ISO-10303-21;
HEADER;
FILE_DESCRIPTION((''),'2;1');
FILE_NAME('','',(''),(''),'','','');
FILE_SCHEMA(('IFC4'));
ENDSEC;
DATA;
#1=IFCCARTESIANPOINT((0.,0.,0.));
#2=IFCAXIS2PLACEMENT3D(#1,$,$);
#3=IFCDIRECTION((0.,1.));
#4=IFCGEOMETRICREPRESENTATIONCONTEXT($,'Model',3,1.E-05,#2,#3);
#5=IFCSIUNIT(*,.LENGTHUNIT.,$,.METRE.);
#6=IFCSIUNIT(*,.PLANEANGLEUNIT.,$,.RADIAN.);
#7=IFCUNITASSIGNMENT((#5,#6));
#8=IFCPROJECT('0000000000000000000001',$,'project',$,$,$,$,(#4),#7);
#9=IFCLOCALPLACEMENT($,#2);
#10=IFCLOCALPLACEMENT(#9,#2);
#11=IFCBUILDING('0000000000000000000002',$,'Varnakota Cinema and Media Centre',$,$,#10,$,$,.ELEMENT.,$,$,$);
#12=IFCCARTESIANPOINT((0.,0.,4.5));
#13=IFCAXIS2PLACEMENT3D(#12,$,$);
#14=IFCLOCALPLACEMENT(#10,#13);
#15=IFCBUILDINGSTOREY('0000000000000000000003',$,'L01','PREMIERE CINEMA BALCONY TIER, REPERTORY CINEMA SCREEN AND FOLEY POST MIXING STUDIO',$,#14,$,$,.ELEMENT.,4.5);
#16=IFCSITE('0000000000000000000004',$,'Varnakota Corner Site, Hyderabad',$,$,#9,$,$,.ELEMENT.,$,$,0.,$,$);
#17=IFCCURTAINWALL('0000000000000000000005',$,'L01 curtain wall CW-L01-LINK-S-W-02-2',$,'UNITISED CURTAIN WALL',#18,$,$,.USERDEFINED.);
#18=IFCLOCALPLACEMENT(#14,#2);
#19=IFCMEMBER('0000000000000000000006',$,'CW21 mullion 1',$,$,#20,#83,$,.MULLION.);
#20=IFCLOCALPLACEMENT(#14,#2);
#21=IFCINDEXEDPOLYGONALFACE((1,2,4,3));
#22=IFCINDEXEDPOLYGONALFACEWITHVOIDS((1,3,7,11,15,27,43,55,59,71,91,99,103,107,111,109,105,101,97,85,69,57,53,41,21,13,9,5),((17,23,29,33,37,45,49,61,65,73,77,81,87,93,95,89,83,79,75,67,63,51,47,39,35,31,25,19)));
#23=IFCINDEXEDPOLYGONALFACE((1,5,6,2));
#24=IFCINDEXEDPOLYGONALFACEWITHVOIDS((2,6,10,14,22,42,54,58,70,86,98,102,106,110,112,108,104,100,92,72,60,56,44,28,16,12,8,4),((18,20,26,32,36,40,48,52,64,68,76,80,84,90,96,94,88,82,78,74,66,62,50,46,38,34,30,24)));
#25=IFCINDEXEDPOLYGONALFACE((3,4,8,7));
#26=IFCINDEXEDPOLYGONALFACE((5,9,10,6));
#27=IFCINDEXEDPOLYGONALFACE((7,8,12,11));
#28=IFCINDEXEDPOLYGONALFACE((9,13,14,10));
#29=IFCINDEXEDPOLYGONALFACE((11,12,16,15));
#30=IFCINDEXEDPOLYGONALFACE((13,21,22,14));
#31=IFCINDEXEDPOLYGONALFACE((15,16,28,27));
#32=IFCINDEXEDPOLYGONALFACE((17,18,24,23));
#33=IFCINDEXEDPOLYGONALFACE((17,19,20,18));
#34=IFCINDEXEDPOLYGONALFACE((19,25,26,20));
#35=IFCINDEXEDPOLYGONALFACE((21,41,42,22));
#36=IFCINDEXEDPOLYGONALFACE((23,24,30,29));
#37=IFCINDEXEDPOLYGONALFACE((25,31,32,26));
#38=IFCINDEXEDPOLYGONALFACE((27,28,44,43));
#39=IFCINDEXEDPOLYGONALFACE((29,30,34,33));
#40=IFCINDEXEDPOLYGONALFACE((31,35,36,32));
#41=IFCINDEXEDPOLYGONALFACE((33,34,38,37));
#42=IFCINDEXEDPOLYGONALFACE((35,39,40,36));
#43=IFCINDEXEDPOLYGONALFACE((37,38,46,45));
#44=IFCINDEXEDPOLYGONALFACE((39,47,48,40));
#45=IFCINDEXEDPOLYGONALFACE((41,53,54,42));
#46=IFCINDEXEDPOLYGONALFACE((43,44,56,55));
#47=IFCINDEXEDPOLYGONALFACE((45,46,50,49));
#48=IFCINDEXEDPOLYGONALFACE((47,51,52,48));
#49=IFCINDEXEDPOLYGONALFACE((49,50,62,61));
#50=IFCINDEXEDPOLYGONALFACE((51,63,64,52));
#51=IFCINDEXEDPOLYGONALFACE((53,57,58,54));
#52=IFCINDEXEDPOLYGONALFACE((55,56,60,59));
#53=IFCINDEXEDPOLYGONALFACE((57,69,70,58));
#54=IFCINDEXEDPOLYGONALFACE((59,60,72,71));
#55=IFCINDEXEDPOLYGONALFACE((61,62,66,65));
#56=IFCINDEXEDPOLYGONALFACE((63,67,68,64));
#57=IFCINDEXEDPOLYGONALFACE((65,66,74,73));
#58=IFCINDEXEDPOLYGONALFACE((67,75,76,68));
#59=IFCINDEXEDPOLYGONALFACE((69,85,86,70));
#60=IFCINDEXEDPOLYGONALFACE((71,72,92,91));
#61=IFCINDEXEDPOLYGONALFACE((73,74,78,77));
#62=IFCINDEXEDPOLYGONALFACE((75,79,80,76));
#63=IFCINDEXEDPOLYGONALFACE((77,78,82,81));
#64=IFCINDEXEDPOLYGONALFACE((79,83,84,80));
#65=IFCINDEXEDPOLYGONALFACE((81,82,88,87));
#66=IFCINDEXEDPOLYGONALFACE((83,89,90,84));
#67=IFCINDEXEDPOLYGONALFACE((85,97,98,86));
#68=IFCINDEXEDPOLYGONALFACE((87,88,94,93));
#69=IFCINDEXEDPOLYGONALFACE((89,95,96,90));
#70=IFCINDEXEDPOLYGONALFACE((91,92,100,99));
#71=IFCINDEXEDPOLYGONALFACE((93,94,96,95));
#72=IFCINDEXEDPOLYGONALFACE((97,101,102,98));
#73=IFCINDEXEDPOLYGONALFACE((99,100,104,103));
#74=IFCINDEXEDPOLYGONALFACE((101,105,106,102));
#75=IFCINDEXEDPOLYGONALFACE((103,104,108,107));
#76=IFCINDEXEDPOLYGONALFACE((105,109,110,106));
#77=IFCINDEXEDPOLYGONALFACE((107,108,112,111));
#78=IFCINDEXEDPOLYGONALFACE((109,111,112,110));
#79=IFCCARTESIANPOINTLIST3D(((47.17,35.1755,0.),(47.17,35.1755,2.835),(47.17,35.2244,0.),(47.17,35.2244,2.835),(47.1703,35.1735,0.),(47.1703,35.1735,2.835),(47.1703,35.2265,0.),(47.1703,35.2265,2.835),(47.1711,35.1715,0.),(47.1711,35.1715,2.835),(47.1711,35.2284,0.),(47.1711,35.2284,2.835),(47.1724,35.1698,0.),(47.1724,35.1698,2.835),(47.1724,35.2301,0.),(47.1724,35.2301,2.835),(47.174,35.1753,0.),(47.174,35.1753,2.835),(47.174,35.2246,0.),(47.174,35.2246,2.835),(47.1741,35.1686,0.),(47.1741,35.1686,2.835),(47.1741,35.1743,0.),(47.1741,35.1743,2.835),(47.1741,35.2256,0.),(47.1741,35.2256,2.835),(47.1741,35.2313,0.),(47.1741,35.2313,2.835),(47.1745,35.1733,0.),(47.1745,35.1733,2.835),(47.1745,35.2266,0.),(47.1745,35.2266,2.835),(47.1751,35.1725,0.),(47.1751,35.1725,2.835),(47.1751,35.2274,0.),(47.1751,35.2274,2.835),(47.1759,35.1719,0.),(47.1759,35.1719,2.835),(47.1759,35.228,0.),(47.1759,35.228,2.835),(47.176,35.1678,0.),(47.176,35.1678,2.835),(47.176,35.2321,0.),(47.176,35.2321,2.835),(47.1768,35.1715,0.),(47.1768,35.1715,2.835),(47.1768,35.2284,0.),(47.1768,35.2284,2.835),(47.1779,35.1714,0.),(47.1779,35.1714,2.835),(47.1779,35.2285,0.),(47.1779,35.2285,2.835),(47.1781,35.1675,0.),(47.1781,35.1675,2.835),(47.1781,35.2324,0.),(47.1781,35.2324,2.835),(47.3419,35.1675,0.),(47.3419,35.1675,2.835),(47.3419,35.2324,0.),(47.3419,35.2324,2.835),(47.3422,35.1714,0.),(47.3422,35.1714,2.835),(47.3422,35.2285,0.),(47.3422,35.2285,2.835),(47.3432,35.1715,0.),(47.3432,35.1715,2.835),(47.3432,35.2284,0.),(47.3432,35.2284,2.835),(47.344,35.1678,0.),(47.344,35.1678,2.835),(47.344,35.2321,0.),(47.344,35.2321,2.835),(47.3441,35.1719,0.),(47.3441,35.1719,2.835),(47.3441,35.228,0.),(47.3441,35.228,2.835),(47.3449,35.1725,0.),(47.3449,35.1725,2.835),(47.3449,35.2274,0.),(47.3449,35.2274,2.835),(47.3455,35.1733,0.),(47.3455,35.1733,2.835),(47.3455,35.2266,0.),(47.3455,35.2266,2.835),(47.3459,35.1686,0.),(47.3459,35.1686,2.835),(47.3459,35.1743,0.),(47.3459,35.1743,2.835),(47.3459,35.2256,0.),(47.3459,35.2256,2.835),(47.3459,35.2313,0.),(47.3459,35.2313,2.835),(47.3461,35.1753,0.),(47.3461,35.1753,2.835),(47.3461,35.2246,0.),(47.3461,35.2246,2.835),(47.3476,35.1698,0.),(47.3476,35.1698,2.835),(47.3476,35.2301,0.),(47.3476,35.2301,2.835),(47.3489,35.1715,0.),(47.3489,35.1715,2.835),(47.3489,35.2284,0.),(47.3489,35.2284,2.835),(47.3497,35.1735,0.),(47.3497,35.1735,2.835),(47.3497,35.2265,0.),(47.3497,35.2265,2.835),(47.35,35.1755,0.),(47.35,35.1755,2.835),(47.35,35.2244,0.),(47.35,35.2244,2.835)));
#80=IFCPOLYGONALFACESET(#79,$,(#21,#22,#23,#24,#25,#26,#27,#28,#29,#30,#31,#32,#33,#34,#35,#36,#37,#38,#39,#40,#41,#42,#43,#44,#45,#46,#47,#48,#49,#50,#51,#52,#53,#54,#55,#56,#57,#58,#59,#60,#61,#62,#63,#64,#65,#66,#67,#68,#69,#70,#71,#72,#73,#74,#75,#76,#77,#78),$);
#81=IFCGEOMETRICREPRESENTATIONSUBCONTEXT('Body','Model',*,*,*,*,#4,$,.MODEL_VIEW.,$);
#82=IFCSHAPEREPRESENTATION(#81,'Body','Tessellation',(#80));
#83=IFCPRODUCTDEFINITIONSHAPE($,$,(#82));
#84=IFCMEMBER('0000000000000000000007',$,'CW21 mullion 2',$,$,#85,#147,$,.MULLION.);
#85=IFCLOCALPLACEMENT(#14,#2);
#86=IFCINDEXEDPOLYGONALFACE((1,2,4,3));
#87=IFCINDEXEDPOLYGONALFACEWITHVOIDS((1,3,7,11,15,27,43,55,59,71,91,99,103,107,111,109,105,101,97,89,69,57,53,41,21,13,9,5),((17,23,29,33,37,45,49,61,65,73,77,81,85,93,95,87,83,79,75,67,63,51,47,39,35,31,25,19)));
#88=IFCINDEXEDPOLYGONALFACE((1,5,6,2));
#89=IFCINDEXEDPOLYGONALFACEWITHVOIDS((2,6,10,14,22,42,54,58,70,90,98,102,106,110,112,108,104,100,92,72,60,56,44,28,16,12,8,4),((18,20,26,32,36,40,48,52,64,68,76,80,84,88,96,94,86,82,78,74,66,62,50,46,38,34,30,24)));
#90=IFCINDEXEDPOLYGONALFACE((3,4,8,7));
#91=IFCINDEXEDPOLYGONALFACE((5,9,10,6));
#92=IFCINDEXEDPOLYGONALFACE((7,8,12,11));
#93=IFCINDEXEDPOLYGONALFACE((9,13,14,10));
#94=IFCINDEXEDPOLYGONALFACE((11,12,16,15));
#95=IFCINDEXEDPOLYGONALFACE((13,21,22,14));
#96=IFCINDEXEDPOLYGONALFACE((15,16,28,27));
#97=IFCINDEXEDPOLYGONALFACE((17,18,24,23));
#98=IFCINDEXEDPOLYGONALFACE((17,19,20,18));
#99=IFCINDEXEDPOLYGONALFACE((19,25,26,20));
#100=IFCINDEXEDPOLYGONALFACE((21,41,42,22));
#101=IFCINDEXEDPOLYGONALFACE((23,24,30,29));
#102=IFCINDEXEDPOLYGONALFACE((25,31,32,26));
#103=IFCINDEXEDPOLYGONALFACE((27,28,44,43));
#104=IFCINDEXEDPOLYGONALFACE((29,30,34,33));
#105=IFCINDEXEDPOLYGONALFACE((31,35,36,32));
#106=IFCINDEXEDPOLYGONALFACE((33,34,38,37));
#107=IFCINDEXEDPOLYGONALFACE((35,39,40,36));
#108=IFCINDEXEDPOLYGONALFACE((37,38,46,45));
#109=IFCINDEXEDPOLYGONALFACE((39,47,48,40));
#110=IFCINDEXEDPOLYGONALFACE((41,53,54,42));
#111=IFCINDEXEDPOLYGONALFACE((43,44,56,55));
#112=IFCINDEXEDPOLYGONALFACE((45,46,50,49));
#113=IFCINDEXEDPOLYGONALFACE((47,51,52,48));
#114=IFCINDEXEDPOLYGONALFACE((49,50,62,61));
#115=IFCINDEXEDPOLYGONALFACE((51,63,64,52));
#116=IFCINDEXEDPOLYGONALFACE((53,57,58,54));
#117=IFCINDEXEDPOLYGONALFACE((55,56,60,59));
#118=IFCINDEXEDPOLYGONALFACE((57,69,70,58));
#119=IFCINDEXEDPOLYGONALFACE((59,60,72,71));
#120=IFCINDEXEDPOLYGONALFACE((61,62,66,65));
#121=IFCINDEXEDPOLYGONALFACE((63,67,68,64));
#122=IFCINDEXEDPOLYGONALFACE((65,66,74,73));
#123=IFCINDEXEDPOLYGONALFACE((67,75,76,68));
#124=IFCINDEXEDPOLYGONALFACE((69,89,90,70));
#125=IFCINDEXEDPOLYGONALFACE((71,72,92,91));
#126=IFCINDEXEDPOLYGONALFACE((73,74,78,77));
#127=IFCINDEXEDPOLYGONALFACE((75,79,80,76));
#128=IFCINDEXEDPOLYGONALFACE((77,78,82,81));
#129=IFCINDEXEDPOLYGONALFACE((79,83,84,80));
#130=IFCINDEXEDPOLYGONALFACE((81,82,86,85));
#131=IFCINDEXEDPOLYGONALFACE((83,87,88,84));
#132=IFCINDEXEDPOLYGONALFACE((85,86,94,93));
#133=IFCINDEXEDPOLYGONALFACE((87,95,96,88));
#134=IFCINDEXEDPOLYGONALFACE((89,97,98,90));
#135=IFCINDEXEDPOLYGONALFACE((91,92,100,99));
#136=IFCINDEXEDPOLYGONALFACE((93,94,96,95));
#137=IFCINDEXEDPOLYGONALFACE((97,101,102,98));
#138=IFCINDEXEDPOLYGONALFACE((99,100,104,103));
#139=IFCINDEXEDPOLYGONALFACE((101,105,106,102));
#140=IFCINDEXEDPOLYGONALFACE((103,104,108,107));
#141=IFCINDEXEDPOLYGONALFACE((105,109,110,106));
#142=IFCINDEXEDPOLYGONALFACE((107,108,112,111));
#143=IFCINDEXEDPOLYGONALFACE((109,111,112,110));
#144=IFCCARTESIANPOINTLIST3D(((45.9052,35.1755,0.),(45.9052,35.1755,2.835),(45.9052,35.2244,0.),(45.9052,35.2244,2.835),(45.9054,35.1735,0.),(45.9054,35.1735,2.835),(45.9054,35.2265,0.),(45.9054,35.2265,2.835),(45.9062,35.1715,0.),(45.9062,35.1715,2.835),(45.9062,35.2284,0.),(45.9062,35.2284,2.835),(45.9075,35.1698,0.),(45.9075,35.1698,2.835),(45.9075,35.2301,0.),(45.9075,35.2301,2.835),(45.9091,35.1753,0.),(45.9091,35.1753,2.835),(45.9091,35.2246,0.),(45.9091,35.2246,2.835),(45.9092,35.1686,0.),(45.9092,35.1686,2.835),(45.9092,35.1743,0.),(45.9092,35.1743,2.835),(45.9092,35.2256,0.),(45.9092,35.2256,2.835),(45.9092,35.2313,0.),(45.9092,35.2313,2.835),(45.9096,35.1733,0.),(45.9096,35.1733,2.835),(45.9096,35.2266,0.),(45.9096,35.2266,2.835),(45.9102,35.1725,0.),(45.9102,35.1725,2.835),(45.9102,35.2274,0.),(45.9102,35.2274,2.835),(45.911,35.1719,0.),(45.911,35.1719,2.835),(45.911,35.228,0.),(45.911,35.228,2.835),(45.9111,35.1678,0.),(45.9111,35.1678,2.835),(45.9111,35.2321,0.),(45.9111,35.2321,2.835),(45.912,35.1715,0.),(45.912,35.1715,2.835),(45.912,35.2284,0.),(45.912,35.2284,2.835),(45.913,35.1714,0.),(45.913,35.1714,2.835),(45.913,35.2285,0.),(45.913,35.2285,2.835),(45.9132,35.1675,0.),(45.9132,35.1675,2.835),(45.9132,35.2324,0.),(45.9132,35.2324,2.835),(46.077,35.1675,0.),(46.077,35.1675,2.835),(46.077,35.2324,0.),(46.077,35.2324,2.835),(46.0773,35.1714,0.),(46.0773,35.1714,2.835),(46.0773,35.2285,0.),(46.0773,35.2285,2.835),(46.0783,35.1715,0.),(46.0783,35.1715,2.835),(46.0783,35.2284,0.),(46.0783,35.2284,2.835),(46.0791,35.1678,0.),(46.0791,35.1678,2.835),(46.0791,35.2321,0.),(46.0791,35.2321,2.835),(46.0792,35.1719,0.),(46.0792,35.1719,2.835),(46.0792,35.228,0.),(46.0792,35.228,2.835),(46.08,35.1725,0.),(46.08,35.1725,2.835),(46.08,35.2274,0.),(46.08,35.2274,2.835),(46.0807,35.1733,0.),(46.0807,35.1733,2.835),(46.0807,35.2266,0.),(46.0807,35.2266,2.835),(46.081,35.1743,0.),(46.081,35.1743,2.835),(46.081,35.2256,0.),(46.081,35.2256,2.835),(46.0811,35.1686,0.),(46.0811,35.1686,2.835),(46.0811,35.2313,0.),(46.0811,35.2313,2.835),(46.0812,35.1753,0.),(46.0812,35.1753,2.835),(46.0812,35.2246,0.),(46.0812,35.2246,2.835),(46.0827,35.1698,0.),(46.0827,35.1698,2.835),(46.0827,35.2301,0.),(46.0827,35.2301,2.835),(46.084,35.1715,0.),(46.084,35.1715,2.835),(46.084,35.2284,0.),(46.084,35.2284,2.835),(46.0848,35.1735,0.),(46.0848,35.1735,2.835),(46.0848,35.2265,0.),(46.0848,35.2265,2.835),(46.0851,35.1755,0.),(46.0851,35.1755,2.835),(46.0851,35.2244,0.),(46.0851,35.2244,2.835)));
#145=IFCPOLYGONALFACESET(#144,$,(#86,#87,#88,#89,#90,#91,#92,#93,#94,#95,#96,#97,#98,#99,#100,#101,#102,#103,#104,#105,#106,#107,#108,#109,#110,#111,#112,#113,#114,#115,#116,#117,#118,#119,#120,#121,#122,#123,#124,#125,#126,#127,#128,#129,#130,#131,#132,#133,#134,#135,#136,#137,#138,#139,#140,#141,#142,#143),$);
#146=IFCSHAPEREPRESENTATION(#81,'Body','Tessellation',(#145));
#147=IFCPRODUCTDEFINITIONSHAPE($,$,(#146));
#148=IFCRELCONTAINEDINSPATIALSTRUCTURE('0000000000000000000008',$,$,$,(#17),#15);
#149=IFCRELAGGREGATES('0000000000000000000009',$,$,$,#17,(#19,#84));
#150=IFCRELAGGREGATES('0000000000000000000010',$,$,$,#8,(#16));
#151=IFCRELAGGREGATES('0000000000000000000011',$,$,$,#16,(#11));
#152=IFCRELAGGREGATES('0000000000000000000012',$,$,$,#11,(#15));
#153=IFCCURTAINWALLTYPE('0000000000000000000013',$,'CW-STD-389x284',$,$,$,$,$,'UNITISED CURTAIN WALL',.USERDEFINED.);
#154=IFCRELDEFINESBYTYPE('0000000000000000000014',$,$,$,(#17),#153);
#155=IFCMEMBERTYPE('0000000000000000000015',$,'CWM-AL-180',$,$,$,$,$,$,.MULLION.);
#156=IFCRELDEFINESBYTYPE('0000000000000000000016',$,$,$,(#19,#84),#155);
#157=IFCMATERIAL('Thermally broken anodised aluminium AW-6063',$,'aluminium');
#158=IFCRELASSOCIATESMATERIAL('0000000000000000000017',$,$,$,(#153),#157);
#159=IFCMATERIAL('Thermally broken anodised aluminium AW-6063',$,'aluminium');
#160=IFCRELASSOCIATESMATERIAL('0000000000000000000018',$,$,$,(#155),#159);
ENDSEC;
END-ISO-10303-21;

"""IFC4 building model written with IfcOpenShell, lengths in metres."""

from ifc_helpers import new_model, si_unit, direction, frame, origin, origin_2d, place, context, subcontext, project, spatial, hollow_rectangle, extrude, material, material_profile, profile_set, type_object, element, aggregate, save


model = new_model("IFC4")

# Units and contexts
model_context = context("Model", 3, precision=1e-05, world=origin(), true_north=direction((0.0, 1.0)))
body_context = subcontext(model_context, "Body", "Model", "MODEL_VIEW")
ifc_project = project(units=[si_unit("LENGTHUNIT", "METRE"), si_unit("PLANEANGLEUNIT", "RADIAN")], contexts=[model_context])

# Site, building, storey
site_placement = place(None, origin())
site = spatial("IfcSite", under=ifc_project, at=site_placement, Name="Varnakota Corner Site, Hyderabad", CompositionType="ELEMENT", RefElevation=0.0)
building_placement = place(site_placement, origin())
building = spatial("IfcBuilding", under=site, at=building_placement, Name="Varnakota Cinema and Media Centre", CompositionType="ELEMENT")
storey_placement = place(building_placement, frame((0.0, 0.0, 4.5)))
storey = spatial("IfcBuildingStorey", under=building, at=storey_placement, Name="L01", Description="PREMIERE CINEMA BALCONY TIER, REPERTORY CINEMA SCREEN AND FOLEY POST MIXING STUDIO", CompositionType="ELEMENT", Elevation=4.5)

# Curtain wall, members
ifc_material_1 = material(Name="Thermally broken anodised aluminium AW-6063", Category="aluminium")
curtain_wall_type = type_object("IfcCurtainWallType", Name="CW-STD-389x284", ElementType="UNITISED CURTAIN WALL", PredefinedType="USERDEFINED", material=ifc_material_1)
ifc_material_2 = material(Name="Thermally broken anodised aluminium AW-6063", Category="aluminium")
ifc_material_profile_1 = material_profile(ifc_material_2, hollow_rectangle(XDim=0.0649, YDim=0.1799, WallThickness=0.0039, InnerFilletRadius=0.0039, OuterFilletRadius=0.0081, at=origin_2d()), Name="AL-MULLION 180x65x4")
ifc_profile_set_1 = profile_set([ifc_material_profile_1], Name="Thermally broken anodised aluminium AW-6063")
member_type_1 = type_object("IfcMemberType", Name="CWM-AL-180", PredefinedType="MULLION", material=ifc_profile_set_1)
curtain_wall_1_placement = place(storey_placement, origin())
curtain_wall_1 = element("IfcCurtainWall", 1, at=curtain_wall_1_placement, inside=storey, type_object=curtain_wall_type, Name="L01 curtain wall CW-L01-LINK-S-W-02-2", ObjectType="UNITISED CURTAIN WALL", PredefinedType="USERDEFINED")
member_1_placement = place(storey_placement, frame((47.26, 35.2, 0.0), z_axis=(0.0, 0.0, 1.0), x_axis=(0.0, -1.0, 0.0)))
member_1 = element("IfcMember", 2, at=member_1_placement, type_object=member_type_1, Name="CW21 mullion 1", PredefinedType="MULLION", context=body_context, shape_type="SweptSolid", body=[
    extrude(hollow_rectangle(XDim=0.0649, YDim=0.1799, WallThickness=0.0039, InnerFilletRadius=0.0039, OuterFilletRadius=0.0081, at=origin_2d()), origin(), (0.0, 0.0, 1.0), 2.835),
])
member_2_placement = place(storey_placement, frame((45.9951, 35.2, 0.0), z_axis=(0.0, 0.0, 1.0), x_axis=(0.0, -1.0, 0.0)))
member_2 = element("IfcMember", 3, at=member_2_placement, type_object=member_type_1, Name="CW21 mullion 2", PredefinedType="MULLION", context=body_context, shape_type="SweptSolid", body=[
    extrude(hollow_rectangle(XDim=0.0649, YDim=0.1799, WallThickness=0.0039, InnerFilletRadius=0.0039, OuterFilletRadius=0.0081, at=origin_2d()), origin(), (0.0, 0.0, 1.0), 2.835),
])

aggregate(curtain_wall_1, [member_1, member_2])

save(model, "model.ifc")
